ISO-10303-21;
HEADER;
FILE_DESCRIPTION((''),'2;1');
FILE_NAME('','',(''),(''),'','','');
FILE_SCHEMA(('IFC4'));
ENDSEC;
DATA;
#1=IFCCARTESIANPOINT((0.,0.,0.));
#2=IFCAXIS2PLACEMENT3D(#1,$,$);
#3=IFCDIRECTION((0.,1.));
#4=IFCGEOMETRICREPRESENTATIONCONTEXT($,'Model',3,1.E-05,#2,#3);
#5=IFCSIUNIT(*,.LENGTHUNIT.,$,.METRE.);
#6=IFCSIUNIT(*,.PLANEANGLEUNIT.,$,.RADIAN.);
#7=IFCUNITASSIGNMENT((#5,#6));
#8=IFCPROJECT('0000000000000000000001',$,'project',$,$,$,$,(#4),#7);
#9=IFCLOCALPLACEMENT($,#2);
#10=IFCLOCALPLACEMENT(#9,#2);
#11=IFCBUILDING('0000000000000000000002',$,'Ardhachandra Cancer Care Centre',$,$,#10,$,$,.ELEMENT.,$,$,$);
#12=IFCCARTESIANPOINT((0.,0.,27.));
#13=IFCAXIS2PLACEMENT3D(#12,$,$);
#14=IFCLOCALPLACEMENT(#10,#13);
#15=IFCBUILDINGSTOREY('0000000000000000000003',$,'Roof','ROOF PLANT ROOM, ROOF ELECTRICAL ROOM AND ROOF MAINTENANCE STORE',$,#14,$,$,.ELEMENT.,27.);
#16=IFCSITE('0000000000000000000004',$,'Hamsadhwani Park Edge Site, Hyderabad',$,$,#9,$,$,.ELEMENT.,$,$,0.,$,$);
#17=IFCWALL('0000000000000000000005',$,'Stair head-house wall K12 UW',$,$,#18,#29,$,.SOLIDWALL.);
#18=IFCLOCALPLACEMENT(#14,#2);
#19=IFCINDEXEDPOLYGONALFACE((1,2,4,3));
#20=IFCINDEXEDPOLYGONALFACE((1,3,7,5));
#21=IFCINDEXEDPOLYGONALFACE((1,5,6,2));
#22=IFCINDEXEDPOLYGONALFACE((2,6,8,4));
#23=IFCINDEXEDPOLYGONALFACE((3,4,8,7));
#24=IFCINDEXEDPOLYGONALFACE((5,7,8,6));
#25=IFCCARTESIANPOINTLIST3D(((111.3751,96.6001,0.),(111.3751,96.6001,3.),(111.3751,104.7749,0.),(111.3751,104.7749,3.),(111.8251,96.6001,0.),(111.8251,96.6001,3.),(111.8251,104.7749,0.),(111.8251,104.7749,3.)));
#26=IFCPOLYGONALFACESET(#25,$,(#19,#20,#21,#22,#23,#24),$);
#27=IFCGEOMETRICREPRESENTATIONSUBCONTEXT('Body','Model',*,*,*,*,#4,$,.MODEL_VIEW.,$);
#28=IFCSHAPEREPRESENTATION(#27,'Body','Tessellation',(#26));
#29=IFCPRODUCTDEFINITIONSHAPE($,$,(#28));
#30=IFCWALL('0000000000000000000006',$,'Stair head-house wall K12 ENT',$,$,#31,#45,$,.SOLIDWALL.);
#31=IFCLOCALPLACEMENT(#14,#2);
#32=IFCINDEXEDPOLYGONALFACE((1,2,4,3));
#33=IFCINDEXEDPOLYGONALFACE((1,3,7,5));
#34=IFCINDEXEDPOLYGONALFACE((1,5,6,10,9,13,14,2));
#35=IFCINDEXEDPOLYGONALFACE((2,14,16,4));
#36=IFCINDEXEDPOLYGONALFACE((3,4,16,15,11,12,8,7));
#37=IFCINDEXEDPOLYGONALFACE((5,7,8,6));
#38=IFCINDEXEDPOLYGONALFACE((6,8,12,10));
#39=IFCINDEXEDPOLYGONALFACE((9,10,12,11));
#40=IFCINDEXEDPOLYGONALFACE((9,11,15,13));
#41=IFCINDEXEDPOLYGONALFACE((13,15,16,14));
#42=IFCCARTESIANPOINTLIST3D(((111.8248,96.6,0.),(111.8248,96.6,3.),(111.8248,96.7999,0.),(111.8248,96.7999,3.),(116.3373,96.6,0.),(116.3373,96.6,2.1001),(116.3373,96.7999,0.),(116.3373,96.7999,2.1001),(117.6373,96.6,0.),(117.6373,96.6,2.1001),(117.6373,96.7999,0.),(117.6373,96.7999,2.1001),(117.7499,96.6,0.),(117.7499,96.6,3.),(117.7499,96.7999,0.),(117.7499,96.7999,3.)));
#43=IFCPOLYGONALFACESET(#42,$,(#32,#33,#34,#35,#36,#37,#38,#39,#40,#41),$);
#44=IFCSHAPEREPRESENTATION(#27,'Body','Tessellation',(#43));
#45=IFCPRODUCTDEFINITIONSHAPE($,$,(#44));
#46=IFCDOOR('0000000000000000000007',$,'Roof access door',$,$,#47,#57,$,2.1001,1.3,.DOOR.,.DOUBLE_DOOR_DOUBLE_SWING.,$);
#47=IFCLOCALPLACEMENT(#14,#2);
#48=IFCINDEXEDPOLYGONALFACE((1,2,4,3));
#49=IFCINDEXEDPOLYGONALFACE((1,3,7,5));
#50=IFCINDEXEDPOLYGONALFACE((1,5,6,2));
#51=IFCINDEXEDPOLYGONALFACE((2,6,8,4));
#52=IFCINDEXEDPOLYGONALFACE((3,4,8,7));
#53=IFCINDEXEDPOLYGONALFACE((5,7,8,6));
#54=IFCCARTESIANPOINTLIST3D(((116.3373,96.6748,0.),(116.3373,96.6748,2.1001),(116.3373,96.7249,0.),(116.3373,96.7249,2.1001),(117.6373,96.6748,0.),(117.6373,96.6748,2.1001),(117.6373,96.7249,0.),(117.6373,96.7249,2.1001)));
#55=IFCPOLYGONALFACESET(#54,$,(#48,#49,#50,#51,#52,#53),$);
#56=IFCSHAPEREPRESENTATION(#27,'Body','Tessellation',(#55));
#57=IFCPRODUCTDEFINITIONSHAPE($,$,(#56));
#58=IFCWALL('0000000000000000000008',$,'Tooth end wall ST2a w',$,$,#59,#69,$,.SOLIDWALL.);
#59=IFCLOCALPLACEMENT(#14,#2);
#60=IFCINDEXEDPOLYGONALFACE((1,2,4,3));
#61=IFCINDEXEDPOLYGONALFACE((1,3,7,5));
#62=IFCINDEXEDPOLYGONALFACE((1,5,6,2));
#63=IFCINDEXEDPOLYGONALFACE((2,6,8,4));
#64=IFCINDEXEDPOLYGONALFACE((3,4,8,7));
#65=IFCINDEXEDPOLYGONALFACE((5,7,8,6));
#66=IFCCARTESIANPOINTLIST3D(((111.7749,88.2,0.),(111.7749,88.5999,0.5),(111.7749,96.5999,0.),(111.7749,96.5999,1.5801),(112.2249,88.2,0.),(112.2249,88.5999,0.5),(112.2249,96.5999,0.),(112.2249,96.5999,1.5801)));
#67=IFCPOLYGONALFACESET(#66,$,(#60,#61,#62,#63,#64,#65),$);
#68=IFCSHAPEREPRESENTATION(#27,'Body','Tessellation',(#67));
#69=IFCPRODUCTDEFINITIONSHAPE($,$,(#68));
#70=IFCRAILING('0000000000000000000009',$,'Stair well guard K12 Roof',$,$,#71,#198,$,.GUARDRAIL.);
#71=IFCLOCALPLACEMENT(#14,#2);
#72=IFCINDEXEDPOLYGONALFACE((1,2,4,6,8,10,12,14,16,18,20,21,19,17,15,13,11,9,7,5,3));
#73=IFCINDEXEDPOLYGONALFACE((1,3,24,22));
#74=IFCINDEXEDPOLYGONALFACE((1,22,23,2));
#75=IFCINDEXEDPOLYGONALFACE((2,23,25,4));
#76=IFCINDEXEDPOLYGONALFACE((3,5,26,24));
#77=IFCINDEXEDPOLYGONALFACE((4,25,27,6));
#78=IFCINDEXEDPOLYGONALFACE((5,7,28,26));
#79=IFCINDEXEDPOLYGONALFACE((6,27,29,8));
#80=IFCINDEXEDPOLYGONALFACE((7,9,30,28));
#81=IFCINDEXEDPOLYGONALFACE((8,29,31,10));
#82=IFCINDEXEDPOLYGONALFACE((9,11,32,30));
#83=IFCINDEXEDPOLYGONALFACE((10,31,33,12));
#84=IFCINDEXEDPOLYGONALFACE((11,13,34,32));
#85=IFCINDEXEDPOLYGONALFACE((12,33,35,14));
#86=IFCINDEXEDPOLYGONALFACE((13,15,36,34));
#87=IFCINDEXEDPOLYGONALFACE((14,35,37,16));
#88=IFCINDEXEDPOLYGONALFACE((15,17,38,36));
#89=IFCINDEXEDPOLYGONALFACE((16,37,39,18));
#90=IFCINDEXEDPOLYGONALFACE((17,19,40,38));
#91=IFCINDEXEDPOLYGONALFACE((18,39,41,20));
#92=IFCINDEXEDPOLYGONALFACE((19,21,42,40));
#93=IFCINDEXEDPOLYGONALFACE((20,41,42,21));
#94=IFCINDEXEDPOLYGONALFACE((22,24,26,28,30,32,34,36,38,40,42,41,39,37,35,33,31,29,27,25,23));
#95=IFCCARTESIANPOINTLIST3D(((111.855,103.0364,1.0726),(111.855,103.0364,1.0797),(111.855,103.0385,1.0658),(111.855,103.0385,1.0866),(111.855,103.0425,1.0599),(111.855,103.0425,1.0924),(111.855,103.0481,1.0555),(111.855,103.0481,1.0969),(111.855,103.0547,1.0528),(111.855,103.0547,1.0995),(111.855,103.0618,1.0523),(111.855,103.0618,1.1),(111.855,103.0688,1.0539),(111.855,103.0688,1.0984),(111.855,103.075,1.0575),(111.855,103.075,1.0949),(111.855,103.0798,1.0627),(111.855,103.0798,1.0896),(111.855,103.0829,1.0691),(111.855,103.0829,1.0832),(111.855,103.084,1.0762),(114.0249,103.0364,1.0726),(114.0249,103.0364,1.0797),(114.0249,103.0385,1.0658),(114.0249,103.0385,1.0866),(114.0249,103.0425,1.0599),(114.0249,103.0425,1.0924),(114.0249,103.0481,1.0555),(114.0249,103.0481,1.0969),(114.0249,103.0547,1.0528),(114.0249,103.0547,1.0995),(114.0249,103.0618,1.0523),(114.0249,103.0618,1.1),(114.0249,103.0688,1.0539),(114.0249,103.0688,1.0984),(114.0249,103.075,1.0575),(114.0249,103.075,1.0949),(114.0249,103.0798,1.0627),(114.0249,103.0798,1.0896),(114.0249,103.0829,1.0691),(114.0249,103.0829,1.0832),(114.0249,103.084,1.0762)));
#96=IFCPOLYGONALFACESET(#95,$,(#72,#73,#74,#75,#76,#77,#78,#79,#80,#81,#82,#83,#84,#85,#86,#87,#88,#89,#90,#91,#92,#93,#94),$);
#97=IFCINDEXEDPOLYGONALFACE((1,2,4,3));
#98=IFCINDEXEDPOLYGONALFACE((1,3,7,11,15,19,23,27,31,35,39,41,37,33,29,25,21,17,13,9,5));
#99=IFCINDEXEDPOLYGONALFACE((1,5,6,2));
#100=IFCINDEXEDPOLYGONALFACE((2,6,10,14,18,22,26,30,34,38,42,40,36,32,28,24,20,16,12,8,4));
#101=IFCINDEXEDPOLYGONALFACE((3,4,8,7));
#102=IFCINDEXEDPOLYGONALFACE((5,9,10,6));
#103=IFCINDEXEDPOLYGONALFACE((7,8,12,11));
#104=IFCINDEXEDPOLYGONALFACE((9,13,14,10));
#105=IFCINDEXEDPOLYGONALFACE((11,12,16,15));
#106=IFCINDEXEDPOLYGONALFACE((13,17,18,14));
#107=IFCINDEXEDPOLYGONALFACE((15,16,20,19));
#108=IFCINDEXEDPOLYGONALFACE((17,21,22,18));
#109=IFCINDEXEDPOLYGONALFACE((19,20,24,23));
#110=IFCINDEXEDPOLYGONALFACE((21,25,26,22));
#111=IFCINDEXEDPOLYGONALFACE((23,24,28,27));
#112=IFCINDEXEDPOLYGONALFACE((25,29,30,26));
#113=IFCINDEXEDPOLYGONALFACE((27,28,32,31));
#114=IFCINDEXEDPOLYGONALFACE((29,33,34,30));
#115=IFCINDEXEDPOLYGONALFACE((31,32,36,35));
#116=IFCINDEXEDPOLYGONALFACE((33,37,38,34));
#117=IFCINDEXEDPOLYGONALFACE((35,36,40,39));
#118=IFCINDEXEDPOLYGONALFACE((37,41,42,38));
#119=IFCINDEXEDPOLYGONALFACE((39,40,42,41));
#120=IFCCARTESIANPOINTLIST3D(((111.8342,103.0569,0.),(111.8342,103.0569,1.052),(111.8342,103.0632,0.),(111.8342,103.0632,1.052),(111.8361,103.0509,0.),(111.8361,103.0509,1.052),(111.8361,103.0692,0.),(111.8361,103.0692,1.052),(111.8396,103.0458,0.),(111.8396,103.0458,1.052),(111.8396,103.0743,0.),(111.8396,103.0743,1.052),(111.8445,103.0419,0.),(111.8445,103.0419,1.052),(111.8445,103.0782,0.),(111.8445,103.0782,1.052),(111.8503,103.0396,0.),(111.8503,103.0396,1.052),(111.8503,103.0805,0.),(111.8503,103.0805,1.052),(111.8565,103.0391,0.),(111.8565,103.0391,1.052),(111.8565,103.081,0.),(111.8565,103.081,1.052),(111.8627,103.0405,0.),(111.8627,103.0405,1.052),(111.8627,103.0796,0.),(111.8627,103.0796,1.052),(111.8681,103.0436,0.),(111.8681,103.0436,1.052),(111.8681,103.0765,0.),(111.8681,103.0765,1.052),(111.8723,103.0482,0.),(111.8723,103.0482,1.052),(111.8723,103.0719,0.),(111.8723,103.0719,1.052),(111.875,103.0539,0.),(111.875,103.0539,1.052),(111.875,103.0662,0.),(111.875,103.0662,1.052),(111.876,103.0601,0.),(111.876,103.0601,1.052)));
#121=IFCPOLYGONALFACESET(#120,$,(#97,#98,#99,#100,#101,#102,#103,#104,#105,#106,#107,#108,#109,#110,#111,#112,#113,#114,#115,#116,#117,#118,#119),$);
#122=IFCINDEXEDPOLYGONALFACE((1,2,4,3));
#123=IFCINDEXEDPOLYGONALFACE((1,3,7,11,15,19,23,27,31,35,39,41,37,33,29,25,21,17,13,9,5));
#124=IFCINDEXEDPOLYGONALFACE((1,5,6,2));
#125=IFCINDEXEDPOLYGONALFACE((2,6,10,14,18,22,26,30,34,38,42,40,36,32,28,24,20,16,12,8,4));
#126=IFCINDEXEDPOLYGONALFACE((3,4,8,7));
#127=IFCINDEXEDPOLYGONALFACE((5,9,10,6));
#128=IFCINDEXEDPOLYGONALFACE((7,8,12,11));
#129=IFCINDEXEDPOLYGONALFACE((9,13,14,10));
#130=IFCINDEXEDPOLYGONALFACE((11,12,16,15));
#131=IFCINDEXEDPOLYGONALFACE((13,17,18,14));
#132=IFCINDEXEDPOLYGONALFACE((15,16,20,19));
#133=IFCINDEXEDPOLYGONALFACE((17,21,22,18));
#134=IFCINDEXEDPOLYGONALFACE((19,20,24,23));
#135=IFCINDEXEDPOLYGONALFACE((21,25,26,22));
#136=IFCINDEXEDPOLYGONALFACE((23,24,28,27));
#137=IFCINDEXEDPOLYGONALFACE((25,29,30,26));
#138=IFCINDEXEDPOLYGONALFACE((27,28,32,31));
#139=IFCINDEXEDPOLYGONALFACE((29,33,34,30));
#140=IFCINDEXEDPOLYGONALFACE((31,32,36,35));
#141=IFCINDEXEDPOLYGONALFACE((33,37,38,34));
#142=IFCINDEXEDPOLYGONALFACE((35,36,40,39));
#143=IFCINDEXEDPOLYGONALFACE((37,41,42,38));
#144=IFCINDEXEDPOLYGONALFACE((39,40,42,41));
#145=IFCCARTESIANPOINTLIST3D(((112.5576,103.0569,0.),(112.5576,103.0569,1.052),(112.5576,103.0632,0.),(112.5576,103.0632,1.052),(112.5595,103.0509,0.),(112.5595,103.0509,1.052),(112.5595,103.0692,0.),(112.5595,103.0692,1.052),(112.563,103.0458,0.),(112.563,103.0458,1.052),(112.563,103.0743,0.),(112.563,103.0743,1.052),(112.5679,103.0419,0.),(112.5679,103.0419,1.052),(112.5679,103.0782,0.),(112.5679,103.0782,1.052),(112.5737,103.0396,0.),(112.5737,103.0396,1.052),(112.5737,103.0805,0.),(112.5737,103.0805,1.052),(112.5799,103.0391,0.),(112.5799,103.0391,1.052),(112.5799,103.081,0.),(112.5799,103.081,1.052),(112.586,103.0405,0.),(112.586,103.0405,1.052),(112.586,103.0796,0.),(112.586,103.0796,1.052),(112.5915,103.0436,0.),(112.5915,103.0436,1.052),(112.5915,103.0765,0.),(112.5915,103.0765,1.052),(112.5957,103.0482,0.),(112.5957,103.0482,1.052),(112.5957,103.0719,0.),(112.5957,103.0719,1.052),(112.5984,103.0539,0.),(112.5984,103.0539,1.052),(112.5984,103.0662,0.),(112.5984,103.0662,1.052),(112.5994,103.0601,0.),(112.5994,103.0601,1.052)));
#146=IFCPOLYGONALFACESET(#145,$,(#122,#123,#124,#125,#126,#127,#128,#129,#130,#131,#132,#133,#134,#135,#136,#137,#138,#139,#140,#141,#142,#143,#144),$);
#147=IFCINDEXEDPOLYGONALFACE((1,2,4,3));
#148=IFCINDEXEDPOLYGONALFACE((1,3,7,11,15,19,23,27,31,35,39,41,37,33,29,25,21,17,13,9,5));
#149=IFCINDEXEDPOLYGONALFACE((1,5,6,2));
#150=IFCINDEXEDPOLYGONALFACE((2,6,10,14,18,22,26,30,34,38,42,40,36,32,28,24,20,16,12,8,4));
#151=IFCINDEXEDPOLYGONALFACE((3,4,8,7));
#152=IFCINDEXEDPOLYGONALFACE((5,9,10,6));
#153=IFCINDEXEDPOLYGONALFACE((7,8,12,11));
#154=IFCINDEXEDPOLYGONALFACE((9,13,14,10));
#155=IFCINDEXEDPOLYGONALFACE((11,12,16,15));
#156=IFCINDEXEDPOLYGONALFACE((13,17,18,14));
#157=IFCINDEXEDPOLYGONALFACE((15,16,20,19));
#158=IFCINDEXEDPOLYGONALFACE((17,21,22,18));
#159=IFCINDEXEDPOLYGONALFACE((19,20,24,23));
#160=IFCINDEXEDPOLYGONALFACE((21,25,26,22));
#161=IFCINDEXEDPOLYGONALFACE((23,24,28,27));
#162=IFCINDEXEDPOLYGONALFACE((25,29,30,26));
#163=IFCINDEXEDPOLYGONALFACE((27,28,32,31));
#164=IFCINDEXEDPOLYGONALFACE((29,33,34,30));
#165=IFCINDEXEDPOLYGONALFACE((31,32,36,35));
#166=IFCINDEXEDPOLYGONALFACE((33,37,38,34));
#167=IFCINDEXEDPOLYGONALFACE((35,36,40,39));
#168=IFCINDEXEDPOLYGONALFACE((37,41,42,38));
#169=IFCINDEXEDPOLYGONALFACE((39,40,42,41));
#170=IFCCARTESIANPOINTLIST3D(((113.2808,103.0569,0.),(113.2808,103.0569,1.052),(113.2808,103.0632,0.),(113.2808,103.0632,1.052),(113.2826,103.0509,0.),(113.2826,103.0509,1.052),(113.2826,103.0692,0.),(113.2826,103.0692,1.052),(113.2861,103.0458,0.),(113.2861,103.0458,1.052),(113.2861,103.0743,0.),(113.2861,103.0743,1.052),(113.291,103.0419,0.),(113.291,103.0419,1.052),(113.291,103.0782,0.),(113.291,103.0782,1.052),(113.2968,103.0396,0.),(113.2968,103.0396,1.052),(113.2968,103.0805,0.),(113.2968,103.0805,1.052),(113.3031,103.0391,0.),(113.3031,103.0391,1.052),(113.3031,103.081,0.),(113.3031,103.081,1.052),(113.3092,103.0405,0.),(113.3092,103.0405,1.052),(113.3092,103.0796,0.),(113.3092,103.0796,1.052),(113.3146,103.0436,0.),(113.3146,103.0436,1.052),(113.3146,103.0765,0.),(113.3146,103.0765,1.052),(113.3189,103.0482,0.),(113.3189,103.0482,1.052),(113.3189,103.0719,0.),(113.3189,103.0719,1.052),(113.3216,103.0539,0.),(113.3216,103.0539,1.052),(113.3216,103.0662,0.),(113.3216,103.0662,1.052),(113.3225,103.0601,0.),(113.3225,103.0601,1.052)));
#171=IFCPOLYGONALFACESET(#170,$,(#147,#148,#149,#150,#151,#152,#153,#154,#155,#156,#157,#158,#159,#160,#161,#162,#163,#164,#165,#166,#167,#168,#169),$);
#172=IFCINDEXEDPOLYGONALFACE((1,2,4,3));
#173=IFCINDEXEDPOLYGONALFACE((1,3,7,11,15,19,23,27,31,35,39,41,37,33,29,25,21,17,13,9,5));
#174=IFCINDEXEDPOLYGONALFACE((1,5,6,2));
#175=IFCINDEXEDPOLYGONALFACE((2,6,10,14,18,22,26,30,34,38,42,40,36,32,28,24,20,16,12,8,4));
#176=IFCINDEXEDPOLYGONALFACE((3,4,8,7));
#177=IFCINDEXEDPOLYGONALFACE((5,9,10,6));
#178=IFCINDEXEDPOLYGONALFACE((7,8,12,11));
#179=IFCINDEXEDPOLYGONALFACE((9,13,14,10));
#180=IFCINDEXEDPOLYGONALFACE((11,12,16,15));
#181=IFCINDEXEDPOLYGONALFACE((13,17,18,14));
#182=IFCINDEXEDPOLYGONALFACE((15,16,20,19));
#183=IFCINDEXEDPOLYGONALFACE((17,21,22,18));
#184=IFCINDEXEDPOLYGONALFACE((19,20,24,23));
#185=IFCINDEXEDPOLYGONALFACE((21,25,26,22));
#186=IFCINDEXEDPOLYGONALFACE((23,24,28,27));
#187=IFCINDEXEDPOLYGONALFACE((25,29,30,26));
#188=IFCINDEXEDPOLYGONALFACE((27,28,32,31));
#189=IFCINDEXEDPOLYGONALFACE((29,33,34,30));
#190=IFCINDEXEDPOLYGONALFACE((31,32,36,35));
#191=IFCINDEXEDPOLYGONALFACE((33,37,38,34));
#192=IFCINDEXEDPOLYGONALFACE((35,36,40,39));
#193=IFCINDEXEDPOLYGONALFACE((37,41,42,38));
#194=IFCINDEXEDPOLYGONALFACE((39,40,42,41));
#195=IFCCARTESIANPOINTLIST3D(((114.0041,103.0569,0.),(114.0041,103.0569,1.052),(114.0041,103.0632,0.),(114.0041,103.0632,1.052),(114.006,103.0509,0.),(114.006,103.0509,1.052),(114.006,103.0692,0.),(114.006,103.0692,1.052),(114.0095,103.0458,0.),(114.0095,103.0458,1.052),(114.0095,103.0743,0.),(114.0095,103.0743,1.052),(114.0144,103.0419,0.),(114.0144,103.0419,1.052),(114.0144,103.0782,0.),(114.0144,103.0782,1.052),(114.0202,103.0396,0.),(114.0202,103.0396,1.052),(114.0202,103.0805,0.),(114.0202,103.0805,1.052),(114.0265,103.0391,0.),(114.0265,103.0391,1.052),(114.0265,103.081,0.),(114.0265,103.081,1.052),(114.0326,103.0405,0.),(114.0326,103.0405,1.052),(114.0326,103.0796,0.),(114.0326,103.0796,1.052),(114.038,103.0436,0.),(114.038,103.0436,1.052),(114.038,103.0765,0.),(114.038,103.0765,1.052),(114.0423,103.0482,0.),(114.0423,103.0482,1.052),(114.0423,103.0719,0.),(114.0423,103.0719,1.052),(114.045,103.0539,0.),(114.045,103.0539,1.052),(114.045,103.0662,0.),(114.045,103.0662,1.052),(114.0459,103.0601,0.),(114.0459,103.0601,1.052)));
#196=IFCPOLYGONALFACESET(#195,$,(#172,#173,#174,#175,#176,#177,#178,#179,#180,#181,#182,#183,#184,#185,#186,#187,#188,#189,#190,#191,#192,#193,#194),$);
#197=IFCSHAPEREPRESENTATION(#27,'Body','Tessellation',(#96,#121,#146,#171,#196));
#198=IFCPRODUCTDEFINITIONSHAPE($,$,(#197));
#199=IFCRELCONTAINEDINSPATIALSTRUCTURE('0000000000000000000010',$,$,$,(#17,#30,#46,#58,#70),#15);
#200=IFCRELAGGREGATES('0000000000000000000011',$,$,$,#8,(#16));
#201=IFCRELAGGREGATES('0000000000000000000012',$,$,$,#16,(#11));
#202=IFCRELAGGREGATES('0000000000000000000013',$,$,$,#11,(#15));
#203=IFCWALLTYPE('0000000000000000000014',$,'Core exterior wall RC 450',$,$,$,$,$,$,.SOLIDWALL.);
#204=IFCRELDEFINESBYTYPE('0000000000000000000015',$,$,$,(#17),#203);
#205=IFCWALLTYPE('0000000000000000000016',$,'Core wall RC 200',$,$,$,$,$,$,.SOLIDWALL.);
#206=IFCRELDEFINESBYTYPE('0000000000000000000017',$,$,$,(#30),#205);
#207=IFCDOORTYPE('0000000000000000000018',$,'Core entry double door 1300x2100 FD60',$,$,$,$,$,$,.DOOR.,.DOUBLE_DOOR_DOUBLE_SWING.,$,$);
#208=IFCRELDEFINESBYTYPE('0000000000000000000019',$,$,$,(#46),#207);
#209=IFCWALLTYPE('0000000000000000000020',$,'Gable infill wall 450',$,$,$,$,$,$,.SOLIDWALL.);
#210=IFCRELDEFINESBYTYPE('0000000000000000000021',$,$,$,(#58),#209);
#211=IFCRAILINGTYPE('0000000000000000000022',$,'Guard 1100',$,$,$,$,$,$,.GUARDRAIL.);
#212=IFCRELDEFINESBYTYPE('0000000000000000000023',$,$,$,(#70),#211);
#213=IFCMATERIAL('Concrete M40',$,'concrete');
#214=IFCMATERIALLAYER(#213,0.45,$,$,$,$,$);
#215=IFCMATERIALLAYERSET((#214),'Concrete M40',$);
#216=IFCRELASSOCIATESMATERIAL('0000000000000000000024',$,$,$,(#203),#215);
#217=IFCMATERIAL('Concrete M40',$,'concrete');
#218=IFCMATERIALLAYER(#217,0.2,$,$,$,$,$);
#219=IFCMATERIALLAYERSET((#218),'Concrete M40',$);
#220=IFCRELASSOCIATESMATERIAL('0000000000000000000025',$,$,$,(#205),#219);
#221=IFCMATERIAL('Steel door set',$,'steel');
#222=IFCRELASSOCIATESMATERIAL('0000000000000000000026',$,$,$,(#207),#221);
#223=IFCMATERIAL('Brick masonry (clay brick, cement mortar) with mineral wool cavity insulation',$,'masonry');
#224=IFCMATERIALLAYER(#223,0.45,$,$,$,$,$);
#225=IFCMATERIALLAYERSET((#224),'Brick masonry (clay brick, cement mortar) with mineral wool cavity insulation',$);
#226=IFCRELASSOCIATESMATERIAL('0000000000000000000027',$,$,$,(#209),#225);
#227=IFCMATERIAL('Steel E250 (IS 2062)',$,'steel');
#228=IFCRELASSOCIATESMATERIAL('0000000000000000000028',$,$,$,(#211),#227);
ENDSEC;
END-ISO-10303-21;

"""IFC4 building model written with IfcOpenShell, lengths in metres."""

from ifc_helpers import new_model, si_unit, direction, frame, frame_2d, origin, origin_2d, place, context, subcontext, project, spatial, polyline, rectangle, circle, outline, extrude, material, layer, layer_set, type_object, element, fill, save


model = new_model("IFC4")

# Units and contexts
model_context = context("Model", 3, precision=1e-05, world=origin(), true_north=direction((0.0, 1.0)))
body_context = subcontext(model_context, "Body", "Model", "MODEL_VIEW")
ifc_project = project(units=[si_unit("LENGTHUNIT", "METRE"), si_unit("PLANEANGLEUNIT", "RADIAN")], contexts=[model_context])

# Site, building, storey
site_placement = place(None, origin())
site = spatial("IfcSite", under=ifc_project, at=site_placement, Name="Hamsadhwani Park Edge Site, Hyderabad", CompositionType="ELEMENT", RefElevation=0.0)
building_placement = place(site_placement, origin())
building = spatial("IfcBuilding", under=site, at=building_placement, Name="Ardhachandra Cancer Care Centre", CompositionType="ELEMENT")
storey_placement = place(building_placement, frame((0.0, 0.0, 27.0)))
storey = spatial("IfcBuildingStorey", under=building, at=storey_placement, Name="Roof", Description="ROOF PLANT ROOM, ROOF ELECTRICAL ROOM AND ROOF MAINTENANCE STORE", CompositionType="ELEMENT", Elevation=27.0)

# Wall
ifc_material_1 = material(Name="Concrete M40", Category="concrete")
ifc_layer_1 = layer(ifc_material_1, 0.45)
ifc_layer_set_1 = layer_set([ifc_layer_1], Name="Concrete M40")
wall_type_1 = type_object("IfcWallType", Name="Core exterior wall RC 450", PredefinedType="SOLIDWALL", material=ifc_layer_set_1)
wall_1_placement = place(storey_placement, frame((111.6001, 96.6001, 0.0), z_axis=(0.0, 0.0, 1.0), x_axis=(0.0, 1.0, 0.0)))
element("IfcWall", 1, at=wall_1_placement, inside=storey, type_object=wall_type_1, Name="Stair head-house wall K12 UW", PredefinedType="SOLIDWALL", context=body_context, shape_type="SweptSolid", body=[
    extrude(rectangle(XDim=8.1748, YDim=0.45, at=frame_2d((4.0874, 0.0))), origin(), (0.0, 0.0, 1.0), 3.0),
])

# Wall, opening, door
ifc_material_2 = material(Name="Concrete M40", Category="concrete")
ifc_layer_2 = layer(ifc_material_2, 0.2)
ifc_layer_set_2 = layer_set([ifc_layer_2], Name="Concrete M40")
wall_type_2 = type_object("IfcWallType", Name="Core wall RC 200", PredefinedType="SOLIDWALL", material=ifc_layer_set_2)
wall_2_placement = place(storey_placement, frame((111.825, 96.7, 0.0), z_axis=(0.0, 0.0, 1.0), x_axis=(1.0, 0.0, 0.0)))
wall_2 = element("IfcWall", 2, at=wall_2_placement, inside=storey, type_object=wall_type_2, Name="Stair head-house wall K12 ENT", PredefinedType="SOLIDWALL", context=body_context, shape_type="SweptSolid", body=[
    extrude(rectangle(XDim=5.925, YDim=0.2, at=frame_2d((2.9624, 0.0))), origin(), (0.0, 0.0, 1.0), 3.0),
])
opening_placement = place(wall_2_placement, frame((4.5125, 0.0, 0.0)))
opening = element("IfcOpeningElement", 3, at=opening_placement, cuts=wall_2, PredefinedType="OPENING", context=body_context, shape_type="SweptSolid", body=[
    extrude(rectangle(XDim=1.3, YDim=2.1001, at=frame_2d((0.6499, 1.05))), frame((0.0, 0.1099, 0.0), z_axis=(0.0, -1.0, 0.0), x_axis=(1.0, 0.0, 0.0)), (0.0, 0.0, 1.0), 0.22),
])
ifc_material_3 = material(Name="Steel door set", Category="steel")
door_type = type_object("IfcDoorType", Name="Core entry double door 1300x2100 FD60", OperationType="DOUBLE_DOOR_DOUBLE_SWING", PredefinedType="DOOR", material=ifc_material_3)
door_placement = place(opening_placement, origin())
door = element("IfcDoor", 4, at=door_placement, inside=storey, type_object=door_type, Name="Roof access door", OperationType="DOUBLE_DOOR_DOUBLE_SWING", OverallHeight=2.1001, OverallWidth=1.3, PredefinedType="DOOR", context=body_context, shape_type="SweptSolid", body=[
    extrude(rectangle(XDim=1.3, YDim=2.1001, at=frame_2d((0.6499, 1.05))), frame((0.0, 0.0249, 0.0), z_axis=(0.0, -1.0, 0.0), x_axis=(1.0, 0.0, 0.0)), (0.0, 0.0, 1.0), 0.05),
])
fill(opening, door)

# Wall
ifc_material_4 = material(Name="Brick masonry (clay brick, cement mortar) with mineral wool cavity insulation", Category="masonry")
ifc_layer_3 = layer(ifc_material_4, 0.45)
ifc_layer_set_3 = layer_set([ifc_layer_3], Name="Brick masonry (clay brick, cement mortar) with mineral wool cavity insulation")
wall_type_3 = type_object("IfcWallType", Name="Gable infill wall 450", PredefinedType="SOLIDWALL", material=ifc_layer_set_3)
wall_3_placement = place(storey_placement, frame((112.0, 88.2, 0.0), z_axis=(0.0, 0.0, 1.0), x_axis=(0.0, 1.0, 0.0)))
element("IfcWall", 5, at=wall_3_placement, inside=storey, type_object=wall_type_3, Name="Tooth end wall ST2a w", PredefinedType="SOLIDWALL", context=body_context, shape_type="SweptSolid", body=[
    extrude(outline(polyline([(0.0, 0.0), (8.3999, 0.0), (8.3999, 1.5801), (0.3999, 0.5), (0.0, 0.0)])), frame((0.0, 0.2251, 0.0), z_axis=(0.0, -1.0, 0.0), x_axis=(1.0, 0.0, 0.0)), (0.0, 0.0, 1.0), 0.45),
])

# Railing
ifc_material_5 = material(Name="Steel E250 (IS 2062)", Category="steel")
railing_type = type_object("IfcRailingType", Name="Guard 1100", PredefinedType="GUARDRAIL", material=ifc_material_5)
railing_placement = place(storey_placement, frame((111.855, 103.0601, 0.0)))
element("IfcRailing", 6, at=railing_placement, inside=storey, type_object=railing_type, Name="Stair well guard K12 Roof", PredefinedType="GUARDRAIL", context=body_context, shape_type="SweptSolid", body=[
    extrude(circle(Radius=0.0239, at=origin_2d()), frame((0.0, 0.0, 1.0762), z_axis=(1.0, 0.0, 0.0), x_axis=(0.0, 1.0, 0.0)), (0.0, 0.0, 1.0), 2.1699),
    extrude(circle(Radius=0.021, at=origin_2d()), origin(), (0.0, 0.0, 1.0), 1.052),
    extrude(circle(Radius=0.021, at=origin_2d()), frame((0.7234, 0.0, 0.0)), (0.0, 0.0, 1.0), 1.052),
    extrude(circle(Radius=0.021, at=origin_2d()), frame((1.4465, 0.0, 0.0)), (0.0, 0.0, 1.0), 1.052),
    extrude(circle(Radius=0.021, at=origin_2d()), frame((2.1699, 0.0, 0.0)), (0.0, 0.0, 1.0), 1.052),
])

save(model, "model.ifc")
